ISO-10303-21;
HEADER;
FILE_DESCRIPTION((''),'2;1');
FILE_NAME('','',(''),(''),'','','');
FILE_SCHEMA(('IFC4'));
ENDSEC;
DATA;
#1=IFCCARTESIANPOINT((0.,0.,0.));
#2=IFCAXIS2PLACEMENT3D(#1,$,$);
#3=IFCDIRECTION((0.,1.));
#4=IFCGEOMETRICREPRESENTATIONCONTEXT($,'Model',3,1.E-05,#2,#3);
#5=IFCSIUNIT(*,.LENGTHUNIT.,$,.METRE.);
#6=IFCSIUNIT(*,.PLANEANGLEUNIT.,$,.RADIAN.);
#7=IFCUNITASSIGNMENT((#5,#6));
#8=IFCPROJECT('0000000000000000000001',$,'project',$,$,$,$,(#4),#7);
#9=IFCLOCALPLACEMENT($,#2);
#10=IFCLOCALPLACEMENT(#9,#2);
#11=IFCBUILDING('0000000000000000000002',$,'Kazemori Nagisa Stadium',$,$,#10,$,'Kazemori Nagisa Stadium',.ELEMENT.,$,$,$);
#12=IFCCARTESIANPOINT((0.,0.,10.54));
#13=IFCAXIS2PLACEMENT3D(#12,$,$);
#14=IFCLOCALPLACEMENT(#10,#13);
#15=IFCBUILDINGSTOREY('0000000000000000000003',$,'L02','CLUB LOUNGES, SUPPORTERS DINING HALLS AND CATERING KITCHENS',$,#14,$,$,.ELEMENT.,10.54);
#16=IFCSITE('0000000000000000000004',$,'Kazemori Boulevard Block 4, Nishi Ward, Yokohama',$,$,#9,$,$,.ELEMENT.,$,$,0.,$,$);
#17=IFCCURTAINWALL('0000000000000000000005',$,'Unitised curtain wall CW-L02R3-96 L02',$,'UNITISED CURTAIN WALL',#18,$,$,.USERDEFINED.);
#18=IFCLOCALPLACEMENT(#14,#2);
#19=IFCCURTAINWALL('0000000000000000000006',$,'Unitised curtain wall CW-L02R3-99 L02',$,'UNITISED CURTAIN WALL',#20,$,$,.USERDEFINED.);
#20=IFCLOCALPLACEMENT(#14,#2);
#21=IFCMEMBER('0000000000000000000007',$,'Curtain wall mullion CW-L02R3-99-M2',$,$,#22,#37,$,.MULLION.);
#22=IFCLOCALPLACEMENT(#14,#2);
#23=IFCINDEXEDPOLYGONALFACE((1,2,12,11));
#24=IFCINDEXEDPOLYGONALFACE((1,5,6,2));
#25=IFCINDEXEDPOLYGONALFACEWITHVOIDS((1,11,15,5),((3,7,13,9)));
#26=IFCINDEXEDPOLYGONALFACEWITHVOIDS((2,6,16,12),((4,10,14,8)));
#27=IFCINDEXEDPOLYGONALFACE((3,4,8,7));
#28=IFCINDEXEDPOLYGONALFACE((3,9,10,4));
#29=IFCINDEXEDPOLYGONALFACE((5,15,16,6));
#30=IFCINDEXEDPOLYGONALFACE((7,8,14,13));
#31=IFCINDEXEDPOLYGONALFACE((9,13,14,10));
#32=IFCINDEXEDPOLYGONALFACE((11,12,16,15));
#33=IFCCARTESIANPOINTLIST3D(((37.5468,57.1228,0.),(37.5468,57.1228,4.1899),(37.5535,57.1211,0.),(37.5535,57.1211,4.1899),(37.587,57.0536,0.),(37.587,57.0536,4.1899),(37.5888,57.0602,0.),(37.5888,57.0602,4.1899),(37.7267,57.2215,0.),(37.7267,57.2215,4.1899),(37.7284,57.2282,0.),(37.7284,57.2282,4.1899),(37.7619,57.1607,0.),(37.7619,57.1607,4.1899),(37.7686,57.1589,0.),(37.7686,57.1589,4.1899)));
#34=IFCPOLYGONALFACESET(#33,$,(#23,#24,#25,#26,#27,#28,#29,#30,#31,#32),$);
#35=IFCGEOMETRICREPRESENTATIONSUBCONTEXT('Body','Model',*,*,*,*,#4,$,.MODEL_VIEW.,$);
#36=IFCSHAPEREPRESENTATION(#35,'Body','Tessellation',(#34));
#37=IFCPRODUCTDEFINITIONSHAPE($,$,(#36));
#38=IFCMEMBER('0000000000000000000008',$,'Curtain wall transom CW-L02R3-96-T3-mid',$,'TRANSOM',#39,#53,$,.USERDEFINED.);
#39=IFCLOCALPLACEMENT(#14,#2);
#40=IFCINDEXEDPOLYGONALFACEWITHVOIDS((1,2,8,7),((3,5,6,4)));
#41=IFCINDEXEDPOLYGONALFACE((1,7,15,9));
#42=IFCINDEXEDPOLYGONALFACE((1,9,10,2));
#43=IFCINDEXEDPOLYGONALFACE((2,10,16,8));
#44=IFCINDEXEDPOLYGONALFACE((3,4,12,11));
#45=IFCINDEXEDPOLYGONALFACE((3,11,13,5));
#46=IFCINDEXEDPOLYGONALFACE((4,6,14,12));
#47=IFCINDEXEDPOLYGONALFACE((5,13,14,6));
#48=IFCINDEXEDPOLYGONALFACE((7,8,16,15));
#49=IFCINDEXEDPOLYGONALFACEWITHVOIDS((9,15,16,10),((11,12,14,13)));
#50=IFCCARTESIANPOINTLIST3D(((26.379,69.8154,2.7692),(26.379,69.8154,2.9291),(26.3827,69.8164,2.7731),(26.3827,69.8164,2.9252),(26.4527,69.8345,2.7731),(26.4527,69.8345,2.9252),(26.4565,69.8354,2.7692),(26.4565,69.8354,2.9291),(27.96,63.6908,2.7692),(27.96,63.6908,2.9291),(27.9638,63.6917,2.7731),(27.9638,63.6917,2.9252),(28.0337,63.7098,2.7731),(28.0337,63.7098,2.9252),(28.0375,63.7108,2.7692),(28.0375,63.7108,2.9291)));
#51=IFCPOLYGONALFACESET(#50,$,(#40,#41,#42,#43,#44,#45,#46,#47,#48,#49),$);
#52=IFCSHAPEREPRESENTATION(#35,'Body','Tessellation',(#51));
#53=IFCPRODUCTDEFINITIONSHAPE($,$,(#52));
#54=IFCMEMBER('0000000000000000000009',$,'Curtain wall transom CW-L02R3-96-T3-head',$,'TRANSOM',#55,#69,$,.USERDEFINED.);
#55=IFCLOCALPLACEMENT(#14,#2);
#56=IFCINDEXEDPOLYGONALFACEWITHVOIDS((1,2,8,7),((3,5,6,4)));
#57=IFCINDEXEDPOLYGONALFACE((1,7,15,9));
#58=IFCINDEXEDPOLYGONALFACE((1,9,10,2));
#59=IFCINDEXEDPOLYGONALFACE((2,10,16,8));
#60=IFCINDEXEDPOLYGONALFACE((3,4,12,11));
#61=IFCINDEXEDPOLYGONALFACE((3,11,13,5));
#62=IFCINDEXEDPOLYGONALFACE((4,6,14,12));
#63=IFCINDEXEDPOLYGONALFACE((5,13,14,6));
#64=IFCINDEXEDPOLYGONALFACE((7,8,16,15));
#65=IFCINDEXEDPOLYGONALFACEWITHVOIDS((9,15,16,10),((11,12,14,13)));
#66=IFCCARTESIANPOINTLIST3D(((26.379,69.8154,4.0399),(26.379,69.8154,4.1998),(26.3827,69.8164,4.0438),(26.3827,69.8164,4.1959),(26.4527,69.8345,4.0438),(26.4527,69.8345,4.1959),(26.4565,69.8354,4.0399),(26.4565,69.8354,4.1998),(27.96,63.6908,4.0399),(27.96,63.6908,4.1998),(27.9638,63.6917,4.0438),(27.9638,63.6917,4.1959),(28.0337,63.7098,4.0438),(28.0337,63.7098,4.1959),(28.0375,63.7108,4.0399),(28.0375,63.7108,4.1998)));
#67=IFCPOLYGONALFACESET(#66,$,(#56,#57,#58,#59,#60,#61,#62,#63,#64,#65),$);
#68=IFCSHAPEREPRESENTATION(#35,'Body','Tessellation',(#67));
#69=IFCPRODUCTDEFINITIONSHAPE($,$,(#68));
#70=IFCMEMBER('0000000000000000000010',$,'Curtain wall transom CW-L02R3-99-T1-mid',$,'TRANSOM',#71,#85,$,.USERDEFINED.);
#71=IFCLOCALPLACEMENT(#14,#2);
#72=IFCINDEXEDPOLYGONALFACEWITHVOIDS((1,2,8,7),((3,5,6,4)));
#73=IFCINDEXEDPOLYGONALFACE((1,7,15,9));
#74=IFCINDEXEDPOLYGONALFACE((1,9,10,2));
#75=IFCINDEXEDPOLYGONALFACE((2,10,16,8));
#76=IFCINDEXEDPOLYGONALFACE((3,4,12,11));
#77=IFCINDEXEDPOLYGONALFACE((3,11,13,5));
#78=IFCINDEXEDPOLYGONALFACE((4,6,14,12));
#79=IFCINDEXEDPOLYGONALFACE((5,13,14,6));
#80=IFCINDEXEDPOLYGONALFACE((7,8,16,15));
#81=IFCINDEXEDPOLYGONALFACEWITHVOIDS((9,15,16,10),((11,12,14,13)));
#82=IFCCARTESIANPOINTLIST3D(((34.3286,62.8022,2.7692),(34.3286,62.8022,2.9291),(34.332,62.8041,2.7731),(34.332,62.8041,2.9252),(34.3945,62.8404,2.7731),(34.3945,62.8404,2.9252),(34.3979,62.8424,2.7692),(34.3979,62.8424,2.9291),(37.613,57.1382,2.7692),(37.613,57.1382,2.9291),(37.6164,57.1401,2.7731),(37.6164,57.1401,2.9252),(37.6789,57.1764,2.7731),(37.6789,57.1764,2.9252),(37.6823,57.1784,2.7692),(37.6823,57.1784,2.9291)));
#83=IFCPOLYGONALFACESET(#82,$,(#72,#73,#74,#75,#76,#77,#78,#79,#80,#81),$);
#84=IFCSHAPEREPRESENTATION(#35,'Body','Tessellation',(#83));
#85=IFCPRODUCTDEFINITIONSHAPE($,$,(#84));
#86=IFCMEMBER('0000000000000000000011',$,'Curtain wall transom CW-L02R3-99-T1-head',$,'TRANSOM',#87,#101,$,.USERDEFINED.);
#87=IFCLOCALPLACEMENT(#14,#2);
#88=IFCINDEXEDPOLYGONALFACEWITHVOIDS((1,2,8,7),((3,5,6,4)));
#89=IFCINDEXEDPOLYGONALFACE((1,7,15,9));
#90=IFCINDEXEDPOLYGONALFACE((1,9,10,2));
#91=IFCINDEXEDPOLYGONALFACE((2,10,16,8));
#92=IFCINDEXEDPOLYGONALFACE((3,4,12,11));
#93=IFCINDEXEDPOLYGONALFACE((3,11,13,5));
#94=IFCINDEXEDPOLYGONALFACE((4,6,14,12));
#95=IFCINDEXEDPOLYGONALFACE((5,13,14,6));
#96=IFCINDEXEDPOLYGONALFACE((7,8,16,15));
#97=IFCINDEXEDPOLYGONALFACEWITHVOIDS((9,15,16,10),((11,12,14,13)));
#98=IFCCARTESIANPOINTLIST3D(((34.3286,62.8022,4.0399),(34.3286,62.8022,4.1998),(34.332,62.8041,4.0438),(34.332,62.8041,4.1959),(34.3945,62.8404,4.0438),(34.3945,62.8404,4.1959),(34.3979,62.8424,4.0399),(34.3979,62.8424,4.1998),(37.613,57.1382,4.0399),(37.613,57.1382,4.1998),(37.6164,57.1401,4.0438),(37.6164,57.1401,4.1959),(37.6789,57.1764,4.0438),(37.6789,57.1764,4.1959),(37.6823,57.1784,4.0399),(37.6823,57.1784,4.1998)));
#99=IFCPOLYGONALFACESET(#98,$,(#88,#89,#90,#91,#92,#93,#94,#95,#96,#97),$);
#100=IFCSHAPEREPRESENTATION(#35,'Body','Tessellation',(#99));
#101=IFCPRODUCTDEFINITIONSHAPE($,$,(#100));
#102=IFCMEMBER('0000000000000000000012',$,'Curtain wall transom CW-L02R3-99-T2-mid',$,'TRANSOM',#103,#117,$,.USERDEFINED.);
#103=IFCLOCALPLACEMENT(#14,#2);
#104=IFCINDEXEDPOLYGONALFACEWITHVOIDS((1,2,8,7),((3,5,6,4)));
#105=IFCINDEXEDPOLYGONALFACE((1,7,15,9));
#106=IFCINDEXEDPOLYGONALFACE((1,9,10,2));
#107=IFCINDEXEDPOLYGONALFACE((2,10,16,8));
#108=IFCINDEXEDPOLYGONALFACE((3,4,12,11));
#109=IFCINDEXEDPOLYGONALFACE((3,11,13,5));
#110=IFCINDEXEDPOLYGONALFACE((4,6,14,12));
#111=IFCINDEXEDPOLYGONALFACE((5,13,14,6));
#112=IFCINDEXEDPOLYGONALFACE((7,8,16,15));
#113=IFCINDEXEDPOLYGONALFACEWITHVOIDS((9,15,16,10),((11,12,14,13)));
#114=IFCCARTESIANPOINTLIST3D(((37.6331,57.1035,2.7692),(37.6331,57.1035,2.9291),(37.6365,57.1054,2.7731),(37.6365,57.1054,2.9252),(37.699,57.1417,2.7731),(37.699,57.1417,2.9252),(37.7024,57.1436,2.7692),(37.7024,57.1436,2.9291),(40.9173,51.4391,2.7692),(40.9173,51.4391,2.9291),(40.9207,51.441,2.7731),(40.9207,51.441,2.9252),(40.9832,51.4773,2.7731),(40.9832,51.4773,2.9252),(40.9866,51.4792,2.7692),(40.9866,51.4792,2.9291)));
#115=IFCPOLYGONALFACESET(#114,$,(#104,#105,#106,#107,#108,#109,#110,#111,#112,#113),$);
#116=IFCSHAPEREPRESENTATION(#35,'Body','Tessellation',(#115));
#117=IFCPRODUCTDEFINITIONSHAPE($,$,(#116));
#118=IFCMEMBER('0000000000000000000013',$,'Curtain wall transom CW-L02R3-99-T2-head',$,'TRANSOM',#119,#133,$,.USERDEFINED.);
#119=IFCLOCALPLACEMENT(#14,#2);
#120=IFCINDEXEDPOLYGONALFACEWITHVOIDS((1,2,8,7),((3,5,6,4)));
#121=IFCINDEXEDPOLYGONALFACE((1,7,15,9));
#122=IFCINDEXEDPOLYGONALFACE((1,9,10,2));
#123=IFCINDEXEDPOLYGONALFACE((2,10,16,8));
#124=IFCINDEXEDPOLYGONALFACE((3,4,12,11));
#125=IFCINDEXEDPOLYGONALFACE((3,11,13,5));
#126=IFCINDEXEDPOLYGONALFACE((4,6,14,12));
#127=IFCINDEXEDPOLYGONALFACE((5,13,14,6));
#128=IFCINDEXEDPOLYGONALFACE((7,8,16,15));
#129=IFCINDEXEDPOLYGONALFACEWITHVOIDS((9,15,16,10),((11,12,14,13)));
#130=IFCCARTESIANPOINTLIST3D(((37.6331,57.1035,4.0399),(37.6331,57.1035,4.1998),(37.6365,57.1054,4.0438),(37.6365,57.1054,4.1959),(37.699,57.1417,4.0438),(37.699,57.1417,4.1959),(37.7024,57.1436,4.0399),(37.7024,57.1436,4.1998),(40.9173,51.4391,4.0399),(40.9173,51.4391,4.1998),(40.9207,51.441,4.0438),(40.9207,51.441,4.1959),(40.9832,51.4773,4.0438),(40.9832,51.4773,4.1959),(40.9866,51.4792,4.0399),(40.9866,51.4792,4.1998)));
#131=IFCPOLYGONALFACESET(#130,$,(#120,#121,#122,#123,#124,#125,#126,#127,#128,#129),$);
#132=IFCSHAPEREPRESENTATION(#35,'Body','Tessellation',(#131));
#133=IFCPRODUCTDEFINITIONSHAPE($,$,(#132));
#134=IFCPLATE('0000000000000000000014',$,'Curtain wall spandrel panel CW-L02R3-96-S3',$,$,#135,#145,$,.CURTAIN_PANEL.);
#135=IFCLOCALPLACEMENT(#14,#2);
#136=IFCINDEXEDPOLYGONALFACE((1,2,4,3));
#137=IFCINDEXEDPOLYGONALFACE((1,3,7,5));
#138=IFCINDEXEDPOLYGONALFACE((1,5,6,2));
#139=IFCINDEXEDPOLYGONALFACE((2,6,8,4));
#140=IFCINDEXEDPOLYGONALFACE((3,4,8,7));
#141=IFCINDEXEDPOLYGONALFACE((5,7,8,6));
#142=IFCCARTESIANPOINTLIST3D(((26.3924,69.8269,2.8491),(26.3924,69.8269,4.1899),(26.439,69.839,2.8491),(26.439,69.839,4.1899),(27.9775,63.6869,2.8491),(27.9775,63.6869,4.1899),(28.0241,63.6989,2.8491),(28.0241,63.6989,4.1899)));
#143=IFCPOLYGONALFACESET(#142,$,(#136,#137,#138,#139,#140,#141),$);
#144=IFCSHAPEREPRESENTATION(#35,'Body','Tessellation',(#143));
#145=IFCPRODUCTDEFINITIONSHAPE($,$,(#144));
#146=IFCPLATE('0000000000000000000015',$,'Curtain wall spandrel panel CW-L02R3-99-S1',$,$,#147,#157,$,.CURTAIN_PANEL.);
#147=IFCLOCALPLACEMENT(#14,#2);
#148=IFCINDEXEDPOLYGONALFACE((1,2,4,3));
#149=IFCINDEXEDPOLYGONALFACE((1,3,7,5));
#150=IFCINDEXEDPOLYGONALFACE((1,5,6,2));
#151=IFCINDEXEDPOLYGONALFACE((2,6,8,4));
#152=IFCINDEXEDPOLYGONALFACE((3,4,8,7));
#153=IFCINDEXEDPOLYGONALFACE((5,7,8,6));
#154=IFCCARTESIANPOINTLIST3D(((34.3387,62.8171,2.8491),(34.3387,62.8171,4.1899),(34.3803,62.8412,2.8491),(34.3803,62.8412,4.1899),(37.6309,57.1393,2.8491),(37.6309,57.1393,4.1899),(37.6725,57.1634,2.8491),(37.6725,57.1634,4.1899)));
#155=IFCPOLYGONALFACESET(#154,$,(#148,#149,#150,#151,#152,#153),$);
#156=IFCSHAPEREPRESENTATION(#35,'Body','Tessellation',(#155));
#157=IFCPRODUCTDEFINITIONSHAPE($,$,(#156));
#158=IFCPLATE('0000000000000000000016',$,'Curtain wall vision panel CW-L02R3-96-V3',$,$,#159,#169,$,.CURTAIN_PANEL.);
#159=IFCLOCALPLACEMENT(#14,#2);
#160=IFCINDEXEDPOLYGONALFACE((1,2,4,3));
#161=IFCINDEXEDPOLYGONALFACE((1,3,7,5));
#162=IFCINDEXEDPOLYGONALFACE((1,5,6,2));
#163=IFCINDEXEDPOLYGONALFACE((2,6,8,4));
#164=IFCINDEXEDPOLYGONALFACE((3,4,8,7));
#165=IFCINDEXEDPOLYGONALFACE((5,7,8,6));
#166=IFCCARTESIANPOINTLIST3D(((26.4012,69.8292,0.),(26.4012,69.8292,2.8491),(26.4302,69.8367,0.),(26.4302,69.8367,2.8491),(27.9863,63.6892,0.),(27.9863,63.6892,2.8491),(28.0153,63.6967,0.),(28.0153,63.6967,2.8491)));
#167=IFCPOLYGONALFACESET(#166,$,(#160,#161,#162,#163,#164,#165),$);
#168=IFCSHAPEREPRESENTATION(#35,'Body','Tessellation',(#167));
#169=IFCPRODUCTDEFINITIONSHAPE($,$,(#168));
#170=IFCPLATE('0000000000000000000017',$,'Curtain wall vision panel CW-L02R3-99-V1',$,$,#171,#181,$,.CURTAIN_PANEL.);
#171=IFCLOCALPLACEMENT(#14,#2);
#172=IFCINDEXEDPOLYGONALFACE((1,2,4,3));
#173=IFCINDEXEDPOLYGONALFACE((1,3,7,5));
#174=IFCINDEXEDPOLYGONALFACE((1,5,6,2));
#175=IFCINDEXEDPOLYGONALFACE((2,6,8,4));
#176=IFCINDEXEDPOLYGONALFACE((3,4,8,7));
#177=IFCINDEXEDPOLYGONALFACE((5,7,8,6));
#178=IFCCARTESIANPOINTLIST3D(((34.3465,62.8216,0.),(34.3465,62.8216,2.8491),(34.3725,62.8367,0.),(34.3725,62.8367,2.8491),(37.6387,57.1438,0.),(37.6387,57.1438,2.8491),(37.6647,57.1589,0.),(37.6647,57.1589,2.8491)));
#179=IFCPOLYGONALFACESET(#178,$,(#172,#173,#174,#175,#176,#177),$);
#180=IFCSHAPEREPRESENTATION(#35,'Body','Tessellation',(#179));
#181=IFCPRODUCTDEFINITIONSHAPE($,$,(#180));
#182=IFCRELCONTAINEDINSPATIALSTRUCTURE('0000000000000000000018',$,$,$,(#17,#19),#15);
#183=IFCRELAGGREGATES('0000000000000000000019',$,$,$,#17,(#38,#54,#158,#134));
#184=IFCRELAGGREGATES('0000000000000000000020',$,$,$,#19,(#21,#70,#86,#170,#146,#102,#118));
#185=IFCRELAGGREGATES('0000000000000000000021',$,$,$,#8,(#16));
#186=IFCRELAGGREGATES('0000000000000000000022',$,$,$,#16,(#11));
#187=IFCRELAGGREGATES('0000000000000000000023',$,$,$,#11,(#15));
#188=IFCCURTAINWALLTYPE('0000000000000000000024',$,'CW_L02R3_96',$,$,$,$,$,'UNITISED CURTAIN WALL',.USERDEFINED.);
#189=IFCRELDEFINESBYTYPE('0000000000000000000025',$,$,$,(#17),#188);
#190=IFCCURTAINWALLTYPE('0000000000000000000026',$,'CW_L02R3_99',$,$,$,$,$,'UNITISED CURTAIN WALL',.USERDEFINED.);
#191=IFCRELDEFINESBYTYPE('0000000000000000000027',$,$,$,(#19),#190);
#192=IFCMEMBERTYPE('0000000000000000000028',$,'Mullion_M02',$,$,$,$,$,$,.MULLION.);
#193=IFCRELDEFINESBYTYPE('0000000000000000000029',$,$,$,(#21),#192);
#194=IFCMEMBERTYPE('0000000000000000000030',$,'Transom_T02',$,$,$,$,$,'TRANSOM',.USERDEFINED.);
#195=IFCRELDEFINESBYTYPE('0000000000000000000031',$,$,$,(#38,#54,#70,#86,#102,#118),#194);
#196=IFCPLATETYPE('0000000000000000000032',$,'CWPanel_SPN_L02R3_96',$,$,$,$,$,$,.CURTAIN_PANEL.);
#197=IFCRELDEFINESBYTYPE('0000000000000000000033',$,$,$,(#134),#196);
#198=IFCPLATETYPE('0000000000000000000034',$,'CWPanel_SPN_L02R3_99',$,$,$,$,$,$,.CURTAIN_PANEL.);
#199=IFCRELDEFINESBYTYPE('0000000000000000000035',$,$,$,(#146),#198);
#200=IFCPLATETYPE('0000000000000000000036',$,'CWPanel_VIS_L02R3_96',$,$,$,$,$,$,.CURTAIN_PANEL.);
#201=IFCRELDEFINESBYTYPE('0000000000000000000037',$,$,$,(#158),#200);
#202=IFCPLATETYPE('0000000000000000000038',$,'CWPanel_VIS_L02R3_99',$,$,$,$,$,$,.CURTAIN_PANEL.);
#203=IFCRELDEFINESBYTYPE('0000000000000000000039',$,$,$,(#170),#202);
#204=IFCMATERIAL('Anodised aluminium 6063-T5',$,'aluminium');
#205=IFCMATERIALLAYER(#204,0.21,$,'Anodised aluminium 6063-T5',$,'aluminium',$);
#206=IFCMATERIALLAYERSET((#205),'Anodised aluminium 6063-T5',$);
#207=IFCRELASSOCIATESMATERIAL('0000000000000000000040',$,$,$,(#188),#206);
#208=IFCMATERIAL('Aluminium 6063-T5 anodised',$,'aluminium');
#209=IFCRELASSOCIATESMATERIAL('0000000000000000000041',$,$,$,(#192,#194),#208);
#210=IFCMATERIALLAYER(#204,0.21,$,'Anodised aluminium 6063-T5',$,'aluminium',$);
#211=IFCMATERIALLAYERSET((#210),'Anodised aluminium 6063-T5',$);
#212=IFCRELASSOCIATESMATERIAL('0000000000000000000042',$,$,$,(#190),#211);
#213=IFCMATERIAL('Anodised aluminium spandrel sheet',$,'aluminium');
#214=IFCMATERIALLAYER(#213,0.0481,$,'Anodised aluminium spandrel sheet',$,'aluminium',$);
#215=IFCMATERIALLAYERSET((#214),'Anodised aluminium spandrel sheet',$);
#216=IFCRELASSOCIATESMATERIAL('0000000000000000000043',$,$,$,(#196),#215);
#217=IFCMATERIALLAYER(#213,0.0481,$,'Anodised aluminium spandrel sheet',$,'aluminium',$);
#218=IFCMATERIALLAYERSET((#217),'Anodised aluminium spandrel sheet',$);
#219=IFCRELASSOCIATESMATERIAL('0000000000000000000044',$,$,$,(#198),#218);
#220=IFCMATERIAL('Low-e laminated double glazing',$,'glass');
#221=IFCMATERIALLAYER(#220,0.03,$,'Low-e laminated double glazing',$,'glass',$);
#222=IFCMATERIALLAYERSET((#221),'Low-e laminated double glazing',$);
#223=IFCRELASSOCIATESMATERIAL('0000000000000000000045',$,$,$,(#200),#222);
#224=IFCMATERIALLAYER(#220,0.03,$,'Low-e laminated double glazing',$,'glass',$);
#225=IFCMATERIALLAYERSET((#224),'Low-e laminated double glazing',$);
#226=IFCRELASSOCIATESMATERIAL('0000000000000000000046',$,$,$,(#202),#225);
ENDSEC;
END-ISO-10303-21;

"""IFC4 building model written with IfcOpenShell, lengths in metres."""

from ifc_helpers import new_model, si_unit, direction, frame, origin, origin_2d, place, context, subcontext, project, spatial, rectangle, hollow_rectangle, extrude, material, layer, layer_set, material_profile, profile_set, type_object, element, aggregate, save


model = new_model("IFC4")

# Units and contexts
model_context = context("Model", 3, precision=1e-05, world=origin(), true_north=direction((0.0, 1.0)))
body_context = subcontext(model_context, "Body", "Model", "MODEL_VIEW")
ifc_project = project(units=[si_unit("LENGTHUNIT", "METRE"), si_unit("PLANEANGLEUNIT", "RADIAN")], contexts=[model_context])

# Site, building, storey
site_placement = place(None, origin())
site = spatial("IfcSite", under=ifc_project, at=site_placement, Name="Kazemori Boulevard Block 4, Nishi Ward, Yokohama", CompositionType="ELEMENT", RefElevation=0.0)
building_placement = place(site_placement, origin())
building = spatial("IfcBuilding", under=site, at=building_placement, Name="Kazemori Nagisa Stadium", LongName="Kazemori Nagisa Stadium", CompositionType="ELEMENT")
storey_placement = place(building_placement, frame((0.0, 0.0, 10.54)))
storey = spatial("IfcBuildingStorey", under=building, at=storey_placement, Name="L02", Description="CLUB LOUNGES, SUPPORTERS DINING HALLS AND CATERING KITCHENS", CompositionType="ELEMENT", Elevation=10.54)

# Curtain walls, member
ifc_material_1 = material(Name="Anodised aluminium 6063-T5", Category="aluminium")
ifc_layer_1 = layer(ifc_material_1, 0.21, Name="Anodised aluminium 6063-T5", Category="aluminium")
ifc_layer_set_1 = layer_set([ifc_layer_1], Name="Anodised aluminium 6063-T5")
curtain_wall_type_1 = type_object("IfcCurtainWallType", Name="CW_L02R3_96", ElementType="UNITISED CURTAIN WALL", PredefinedType="USERDEFINED", material=ifc_layer_set_1)
curtain_wall_1_placement = place(storey_placement, origin())
curtain_wall_1 = element("IfcCurtainWall", 1, at=curtain_wall_1_placement, inside=storey, type_object=curtain_wall_type_1, Name="Unitised curtain wall CW-L02R3-96 L02", ObjectType="UNITISED CURTAIN WALL", PredefinedType="USERDEFINED")
ifc_material_2 = material(Name="Aluminium 6063-T5 anodised", Category="aluminium")
ifc_material_profile_1 = material_profile(ifc_material_2, hollow_rectangle(XDim=0.0801, YDim=0.21, WallThickness=0.0049, at=origin_2d()), Name="ALU-MULL-80x210x5")
ifc_profile_set_1 = profile_set([ifc_material_profile_1], Name="Aluminium 6063-T5 anodised")
member_type_1 = type_object("IfcMemberType", Name="Mullion_M02", PredefinedType="MULLION", material=ifc_profile_set_1)
ifc_layer_2 = layer(ifc_material_1, 0.21, Name="Anodised aluminium 6063-T5", Category="aluminium")
ifc_layer_set_2 = layer_set([ifc_layer_2], Name="Anodised aluminium 6063-T5")
curtain_wall_type_2 = type_object("IfcCurtainWallType", Name="CW_L02R3_99", ElementType="UNITISED CURTAIN WALL", PredefinedType="USERDEFINED", material=ifc_layer_set_2)
curtain_wall_2_placement = place(storey_placement, origin())
curtain_wall_2 = element("IfcCurtainWall", 2, at=curtain_wall_2_placement, inside=storey, type_object=curtain_wall_type_2, Name="Unitised curtain wall CW-L02R3-99 L02", ObjectType="UNITISED CURTAIN WALL", PredefinedType="USERDEFINED")
member_1_placement = place(storey_placement, frame((37.6577, 57.1409, 0.0), z_axis=(0.0, 0.0, 1.0), x_axis=(0.501612, -0.865093, 0.0)))
member_1 = element("IfcMember", 3, at=member_1_placement, type_object=member_type_1, Name="Curtain wall mullion CW-L02R3-99-M2", PredefinedType="MULLION", context=body_context, shape_type="SweptSolid", body=[
    extrude(hollow_rectangle(XDim=0.0801, YDim=0.21, WallThickness=0.0049, at=origin_2d()), origin(), (0.0, 0.0, 1.0), 4.1899),
])

# Members
ifc_material_profile_2 = material_profile(ifc_material_2, hollow_rectangle(XDim=0.0801, YDim=0.1599, WallThickness=0.0039, at=origin_2d()), Name="ALU-TRAN-80x160x4")
ifc_profile_set_2 = profile_set([ifc_material_profile_2], Name="Aluminium 6063-T5 anodised")
member_type_2 = type_object("IfcMemberType", Name="Transom_T02", ElementType="TRANSOM", PredefinedType="USERDEFINED", material=ifc_profile_set_2)
member_2_placement = place(storey_placement, frame((26.4177, 69.8254, 2.8491), z_axis=(0.249948, -0.968259, 0.0), x_axis=(0.968259, 0.249948, 0.0)))
member_2 = element("IfcMember", 4, at=member_2_placement, type_object=member_type_2, Name="Curtain wall transom CW-L02R3-96-T3-mid", ObjectType="TRANSOM", PredefinedType="USERDEFINED", context=body_context, shape_type="SweptSolid", body=[
    extrude(hollow_rectangle(XDim=0.0801, YDim=0.1599, WallThickness=0.0039, at=origin_2d()), origin(), (0.0, 0.0, 1.0), 6.3254),
])
member_3_placement = place(storey_placement, frame((26.4177, 69.8254, 4.1199), z_axis=(0.249948, -0.968259, 0.0), x_axis=(0.968259, 0.249948, 0.0)))
member_3 = element("IfcMember", 5, at=member_3_placement, type_object=member_type_2, Name="Curtain wall transom CW-L02R3-96-T3-head", ObjectType="TRANSOM", PredefinedType="USERDEFINED", context=body_context, shape_type="SweptSolid", body=[
    extrude(hollow_rectangle(XDim=0.0801, YDim=0.1599, WallThickness=0.0039, at=origin_2d()), origin(), (0.0, 0.0, 1.0), 6.3254),
])
member_4_placement = place(storey_placement, frame((34.3633, 62.8223, 2.8491), z_axis=(0.501634, -0.86508, 0.0), x_axis=(0.86508, 0.501634, 0.0)))
member_4 = element("IfcMember", 6, at=member_4_placement, type_object=member_type_2, Name="Curtain wall transom CW-L02R3-99-T1-mid", ObjectType="TRANSOM", PredefinedType="USERDEFINED", context=body_context, shape_type="SweptSolid", body=[
    extrude(hollow_rectangle(XDim=0.0801, YDim=0.1599, WallThickness=0.0039, at=origin_2d()), origin(), (0.0, 0.0, 1.0), 6.5474),
])
member_5_placement = place(storey_placement, frame((34.3633, 62.8223, 4.1199), z_axis=(0.501634, -0.86508, 0.0), x_axis=(0.86508, 0.501634, 0.0)))
member_5 = element("IfcMember", 7, at=member_5_placement, type_object=member_type_2, Name="Curtain wall transom CW-L02R3-99-T1-head", ObjectType="TRANSOM", PredefinedType="USERDEFINED", context=body_context, shape_type="SweptSolid", body=[
    extrude(hollow_rectangle(XDim=0.0801, YDim=0.1599, WallThickness=0.0039, at=origin_2d()), origin(), (0.0, 0.0, 1.0), 6.5474),
])
member_6_placement = place(storey_placement, frame((37.6677, 57.1235, 2.8491), z_axis=(0.50159, -0.865105, 0.0), x_axis=(0.865105, 0.50159, 0.0)))
member_6 = element("IfcMember", 8, at=member_6_placement, type_object=member_type_2, Name="Curtain wall transom CW-L02R3-99-T2-mid", ObjectType="TRANSOM", PredefinedType="USERDEFINED", context=body_context, shape_type="SweptSolid", body=[
    extrude(hollow_rectangle(XDim=0.0801, YDim=0.1599, WallThickness=0.0039, at=origin_2d()), origin(), (0.0, 0.0, 1.0), 6.5476),
])
member_7_placement = place(storey_placement, frame((37.6677, 57.1235, 4.1199), z_axis=(0.50159, -0.865105, 0.0), x_axis=(0.865105, 0.50159, 0.0)))
member_7 = element("IfcMember", 9, at=member_7_placement, type_object=member_type_2, Name="Curtain wall transom CW-L02R3-99-T2-head", ObjectType="TRANSOM", PredefinedType="USERDEFINED", context=body_context, shape_type="SweptSolid", body=[
    extrude(hollow_rectangle(XDim=0.0801, YDim=0.1599, WallThickness=0.0039, at=origin_2d()), origin(), (0.0, 0.0, 1.0), 6.5476),
])

# Plates
ifc_material_3 = material(Name="Anodised aluminium spandrel sheet", Category="aluminium")
ifc_layer_3 = layer(ifc_material_3, 0.0481, Name="Anodised aluminium spandrel sheet", Category="aluminium")
ifc_layer_set_3 = layer_set([ifc_layer_3], Name="Anodised aluminium spandrel sheet")
plate_type_1 = type_object("IfcPlateType", Name="CWPanel_SPN_L02R3_96", PredefinedType="CURTAIN_PANEL", material=ifc_layer_set_3)
plate_1_placement = place(storey_placement, frame((27.2083, 66.7629, 2.8491), z_axis=(0.0, 0.0, 1.0), x_axis=(0.249965, -0.968255, 0.0)))
plate_1 = element("IfcPlate", 10, at=plate_1_placement, type_object=plate_type_1, Name="Curtain wall spandrel panel CW-L02R3-96-S3", PredefinedType="CURTAIN_PANEL", context=body_context, shape_type="SweptSolid", body=[
    extrude(rectangle(XDim=6.3413, YDim=0.0481, at=origin_2d()), origin(), (0.0, 0.0, 1.0), 1.3408),
])
ifc_layer_4 = layer(ifc_material_3, 0.0481, Name="Anodised aluminium spandrel sheet", Category="aluminium")
ifc_layer_set_4 = layer_set([ifc_layer_4], Name="Anodised aluminium spandrel sheet")
plate_type_2 = type_object("IfcPlateType", Name="CWPanel_SPN_L02R3_99", PredefinedType="CURTAIN_PANEL", material=ifc_layer_set_4)
plate_2_placement = place(storey_placement, frame((36.0056, 59.9902, 2.8491), z_axis=(0.0, 0.0, 1.0), x_axis=(0.501612, -0.865093, 0.0)))
plate_2 = element("IfcPlate", 11, at=plate_2_placement, type_object=plate_type_2, Name="Curtain wall spandrel panel CW-L02R3-99-S1", PredefinedType="CURTAIN_PANEL", context=body_context, shape_type="SweptSolid", body=[
    extrude(rectangle(XDim=6.5632, YDim=0.0481, at=origin_2d()), origin(), (0.0, 0.0, 1.0), 1.3408),
])
ifc_material_4 = material(Name="Low-e laminated double glazing", Category="glass")
ifc_layer_5 = layer(ifc_material_4, 0.03, Name="Low-e laminated double glazing", Category="glass")
ifc_layer_set_5 = layer_set([ifc_layer_5], Name="Low-e laminated double glazing")
plate_type_3 = type_object("IfcPlateType", Name="CWPanel_VIS_L02R3_96", PredefinedType="CURTAIN_PANEL", material=ifc_layer_set_5)
plate_3_placement = place(storey_placement, frame((27.2083, 66.7629, 0.0), z_axis=(0.0, 0.0, 1.0), x_axis=(0.249965, -0.968255, 0.0)))
plate_3 = element("IfcPlate", 12, at=plate_3_placement, type_object=plate_type_3, Name="Curtain wall vision panel CW-L02R3-96-V3", PredefinedType="CURTAIN_PANEL", context=body_context, shape_type="SweptSolid", body=[
    extrude(rectangle(XDim=6.3413, YDim=0.03, at=origin_2d()), origin(), (0.0, 0.0, 1.0), 2.8491),
])
aggregate(curtain_wall_1, [member_2, member_3, plate_3, plate_1])
ifc_layer_6 = layer(ifc_material_4, 0.03, Name="Low-e laminated double glazing", Category="glass")
ifc_layer_set_6 = layer_set([ifc_layer_6], Name="Low-e laminated double glazing")
plate_type_4 = type_object("IfcPlateType", Name="CWPanel_VIS_L02R3_99", PredefinedType="CURTAIN_PANEL", material=ifc_layer_set_6)
plate_4_placement = place(storey_placement, frame((36.0056, 59.9902, 0.0), z_axis=(0.0, 0.0, 1.0), x_axis=(0.501612, -0.865093, 0.0)))
plate_4 = element("IfcPlate", 13, at=plate_4_placement, type_object=plate_type_4, Name="Curtain wall vision panel CW-L02R3-99-V1", PredefinedType="CURTAIN_PANEL", context=body_context, shape_type="SweptSolid", body=[
    extrude(rectangle(XDim=6.5632, YDim=0.03, at=origin_2d()), origin(), (0.0, 0.0, 1.0), 2.8491),
])
aggregate(curtain_wall_2, [member_1, member_4, member_5, plate_4, plate_2, member_6, member_7])

save(model, "model.ifc")
